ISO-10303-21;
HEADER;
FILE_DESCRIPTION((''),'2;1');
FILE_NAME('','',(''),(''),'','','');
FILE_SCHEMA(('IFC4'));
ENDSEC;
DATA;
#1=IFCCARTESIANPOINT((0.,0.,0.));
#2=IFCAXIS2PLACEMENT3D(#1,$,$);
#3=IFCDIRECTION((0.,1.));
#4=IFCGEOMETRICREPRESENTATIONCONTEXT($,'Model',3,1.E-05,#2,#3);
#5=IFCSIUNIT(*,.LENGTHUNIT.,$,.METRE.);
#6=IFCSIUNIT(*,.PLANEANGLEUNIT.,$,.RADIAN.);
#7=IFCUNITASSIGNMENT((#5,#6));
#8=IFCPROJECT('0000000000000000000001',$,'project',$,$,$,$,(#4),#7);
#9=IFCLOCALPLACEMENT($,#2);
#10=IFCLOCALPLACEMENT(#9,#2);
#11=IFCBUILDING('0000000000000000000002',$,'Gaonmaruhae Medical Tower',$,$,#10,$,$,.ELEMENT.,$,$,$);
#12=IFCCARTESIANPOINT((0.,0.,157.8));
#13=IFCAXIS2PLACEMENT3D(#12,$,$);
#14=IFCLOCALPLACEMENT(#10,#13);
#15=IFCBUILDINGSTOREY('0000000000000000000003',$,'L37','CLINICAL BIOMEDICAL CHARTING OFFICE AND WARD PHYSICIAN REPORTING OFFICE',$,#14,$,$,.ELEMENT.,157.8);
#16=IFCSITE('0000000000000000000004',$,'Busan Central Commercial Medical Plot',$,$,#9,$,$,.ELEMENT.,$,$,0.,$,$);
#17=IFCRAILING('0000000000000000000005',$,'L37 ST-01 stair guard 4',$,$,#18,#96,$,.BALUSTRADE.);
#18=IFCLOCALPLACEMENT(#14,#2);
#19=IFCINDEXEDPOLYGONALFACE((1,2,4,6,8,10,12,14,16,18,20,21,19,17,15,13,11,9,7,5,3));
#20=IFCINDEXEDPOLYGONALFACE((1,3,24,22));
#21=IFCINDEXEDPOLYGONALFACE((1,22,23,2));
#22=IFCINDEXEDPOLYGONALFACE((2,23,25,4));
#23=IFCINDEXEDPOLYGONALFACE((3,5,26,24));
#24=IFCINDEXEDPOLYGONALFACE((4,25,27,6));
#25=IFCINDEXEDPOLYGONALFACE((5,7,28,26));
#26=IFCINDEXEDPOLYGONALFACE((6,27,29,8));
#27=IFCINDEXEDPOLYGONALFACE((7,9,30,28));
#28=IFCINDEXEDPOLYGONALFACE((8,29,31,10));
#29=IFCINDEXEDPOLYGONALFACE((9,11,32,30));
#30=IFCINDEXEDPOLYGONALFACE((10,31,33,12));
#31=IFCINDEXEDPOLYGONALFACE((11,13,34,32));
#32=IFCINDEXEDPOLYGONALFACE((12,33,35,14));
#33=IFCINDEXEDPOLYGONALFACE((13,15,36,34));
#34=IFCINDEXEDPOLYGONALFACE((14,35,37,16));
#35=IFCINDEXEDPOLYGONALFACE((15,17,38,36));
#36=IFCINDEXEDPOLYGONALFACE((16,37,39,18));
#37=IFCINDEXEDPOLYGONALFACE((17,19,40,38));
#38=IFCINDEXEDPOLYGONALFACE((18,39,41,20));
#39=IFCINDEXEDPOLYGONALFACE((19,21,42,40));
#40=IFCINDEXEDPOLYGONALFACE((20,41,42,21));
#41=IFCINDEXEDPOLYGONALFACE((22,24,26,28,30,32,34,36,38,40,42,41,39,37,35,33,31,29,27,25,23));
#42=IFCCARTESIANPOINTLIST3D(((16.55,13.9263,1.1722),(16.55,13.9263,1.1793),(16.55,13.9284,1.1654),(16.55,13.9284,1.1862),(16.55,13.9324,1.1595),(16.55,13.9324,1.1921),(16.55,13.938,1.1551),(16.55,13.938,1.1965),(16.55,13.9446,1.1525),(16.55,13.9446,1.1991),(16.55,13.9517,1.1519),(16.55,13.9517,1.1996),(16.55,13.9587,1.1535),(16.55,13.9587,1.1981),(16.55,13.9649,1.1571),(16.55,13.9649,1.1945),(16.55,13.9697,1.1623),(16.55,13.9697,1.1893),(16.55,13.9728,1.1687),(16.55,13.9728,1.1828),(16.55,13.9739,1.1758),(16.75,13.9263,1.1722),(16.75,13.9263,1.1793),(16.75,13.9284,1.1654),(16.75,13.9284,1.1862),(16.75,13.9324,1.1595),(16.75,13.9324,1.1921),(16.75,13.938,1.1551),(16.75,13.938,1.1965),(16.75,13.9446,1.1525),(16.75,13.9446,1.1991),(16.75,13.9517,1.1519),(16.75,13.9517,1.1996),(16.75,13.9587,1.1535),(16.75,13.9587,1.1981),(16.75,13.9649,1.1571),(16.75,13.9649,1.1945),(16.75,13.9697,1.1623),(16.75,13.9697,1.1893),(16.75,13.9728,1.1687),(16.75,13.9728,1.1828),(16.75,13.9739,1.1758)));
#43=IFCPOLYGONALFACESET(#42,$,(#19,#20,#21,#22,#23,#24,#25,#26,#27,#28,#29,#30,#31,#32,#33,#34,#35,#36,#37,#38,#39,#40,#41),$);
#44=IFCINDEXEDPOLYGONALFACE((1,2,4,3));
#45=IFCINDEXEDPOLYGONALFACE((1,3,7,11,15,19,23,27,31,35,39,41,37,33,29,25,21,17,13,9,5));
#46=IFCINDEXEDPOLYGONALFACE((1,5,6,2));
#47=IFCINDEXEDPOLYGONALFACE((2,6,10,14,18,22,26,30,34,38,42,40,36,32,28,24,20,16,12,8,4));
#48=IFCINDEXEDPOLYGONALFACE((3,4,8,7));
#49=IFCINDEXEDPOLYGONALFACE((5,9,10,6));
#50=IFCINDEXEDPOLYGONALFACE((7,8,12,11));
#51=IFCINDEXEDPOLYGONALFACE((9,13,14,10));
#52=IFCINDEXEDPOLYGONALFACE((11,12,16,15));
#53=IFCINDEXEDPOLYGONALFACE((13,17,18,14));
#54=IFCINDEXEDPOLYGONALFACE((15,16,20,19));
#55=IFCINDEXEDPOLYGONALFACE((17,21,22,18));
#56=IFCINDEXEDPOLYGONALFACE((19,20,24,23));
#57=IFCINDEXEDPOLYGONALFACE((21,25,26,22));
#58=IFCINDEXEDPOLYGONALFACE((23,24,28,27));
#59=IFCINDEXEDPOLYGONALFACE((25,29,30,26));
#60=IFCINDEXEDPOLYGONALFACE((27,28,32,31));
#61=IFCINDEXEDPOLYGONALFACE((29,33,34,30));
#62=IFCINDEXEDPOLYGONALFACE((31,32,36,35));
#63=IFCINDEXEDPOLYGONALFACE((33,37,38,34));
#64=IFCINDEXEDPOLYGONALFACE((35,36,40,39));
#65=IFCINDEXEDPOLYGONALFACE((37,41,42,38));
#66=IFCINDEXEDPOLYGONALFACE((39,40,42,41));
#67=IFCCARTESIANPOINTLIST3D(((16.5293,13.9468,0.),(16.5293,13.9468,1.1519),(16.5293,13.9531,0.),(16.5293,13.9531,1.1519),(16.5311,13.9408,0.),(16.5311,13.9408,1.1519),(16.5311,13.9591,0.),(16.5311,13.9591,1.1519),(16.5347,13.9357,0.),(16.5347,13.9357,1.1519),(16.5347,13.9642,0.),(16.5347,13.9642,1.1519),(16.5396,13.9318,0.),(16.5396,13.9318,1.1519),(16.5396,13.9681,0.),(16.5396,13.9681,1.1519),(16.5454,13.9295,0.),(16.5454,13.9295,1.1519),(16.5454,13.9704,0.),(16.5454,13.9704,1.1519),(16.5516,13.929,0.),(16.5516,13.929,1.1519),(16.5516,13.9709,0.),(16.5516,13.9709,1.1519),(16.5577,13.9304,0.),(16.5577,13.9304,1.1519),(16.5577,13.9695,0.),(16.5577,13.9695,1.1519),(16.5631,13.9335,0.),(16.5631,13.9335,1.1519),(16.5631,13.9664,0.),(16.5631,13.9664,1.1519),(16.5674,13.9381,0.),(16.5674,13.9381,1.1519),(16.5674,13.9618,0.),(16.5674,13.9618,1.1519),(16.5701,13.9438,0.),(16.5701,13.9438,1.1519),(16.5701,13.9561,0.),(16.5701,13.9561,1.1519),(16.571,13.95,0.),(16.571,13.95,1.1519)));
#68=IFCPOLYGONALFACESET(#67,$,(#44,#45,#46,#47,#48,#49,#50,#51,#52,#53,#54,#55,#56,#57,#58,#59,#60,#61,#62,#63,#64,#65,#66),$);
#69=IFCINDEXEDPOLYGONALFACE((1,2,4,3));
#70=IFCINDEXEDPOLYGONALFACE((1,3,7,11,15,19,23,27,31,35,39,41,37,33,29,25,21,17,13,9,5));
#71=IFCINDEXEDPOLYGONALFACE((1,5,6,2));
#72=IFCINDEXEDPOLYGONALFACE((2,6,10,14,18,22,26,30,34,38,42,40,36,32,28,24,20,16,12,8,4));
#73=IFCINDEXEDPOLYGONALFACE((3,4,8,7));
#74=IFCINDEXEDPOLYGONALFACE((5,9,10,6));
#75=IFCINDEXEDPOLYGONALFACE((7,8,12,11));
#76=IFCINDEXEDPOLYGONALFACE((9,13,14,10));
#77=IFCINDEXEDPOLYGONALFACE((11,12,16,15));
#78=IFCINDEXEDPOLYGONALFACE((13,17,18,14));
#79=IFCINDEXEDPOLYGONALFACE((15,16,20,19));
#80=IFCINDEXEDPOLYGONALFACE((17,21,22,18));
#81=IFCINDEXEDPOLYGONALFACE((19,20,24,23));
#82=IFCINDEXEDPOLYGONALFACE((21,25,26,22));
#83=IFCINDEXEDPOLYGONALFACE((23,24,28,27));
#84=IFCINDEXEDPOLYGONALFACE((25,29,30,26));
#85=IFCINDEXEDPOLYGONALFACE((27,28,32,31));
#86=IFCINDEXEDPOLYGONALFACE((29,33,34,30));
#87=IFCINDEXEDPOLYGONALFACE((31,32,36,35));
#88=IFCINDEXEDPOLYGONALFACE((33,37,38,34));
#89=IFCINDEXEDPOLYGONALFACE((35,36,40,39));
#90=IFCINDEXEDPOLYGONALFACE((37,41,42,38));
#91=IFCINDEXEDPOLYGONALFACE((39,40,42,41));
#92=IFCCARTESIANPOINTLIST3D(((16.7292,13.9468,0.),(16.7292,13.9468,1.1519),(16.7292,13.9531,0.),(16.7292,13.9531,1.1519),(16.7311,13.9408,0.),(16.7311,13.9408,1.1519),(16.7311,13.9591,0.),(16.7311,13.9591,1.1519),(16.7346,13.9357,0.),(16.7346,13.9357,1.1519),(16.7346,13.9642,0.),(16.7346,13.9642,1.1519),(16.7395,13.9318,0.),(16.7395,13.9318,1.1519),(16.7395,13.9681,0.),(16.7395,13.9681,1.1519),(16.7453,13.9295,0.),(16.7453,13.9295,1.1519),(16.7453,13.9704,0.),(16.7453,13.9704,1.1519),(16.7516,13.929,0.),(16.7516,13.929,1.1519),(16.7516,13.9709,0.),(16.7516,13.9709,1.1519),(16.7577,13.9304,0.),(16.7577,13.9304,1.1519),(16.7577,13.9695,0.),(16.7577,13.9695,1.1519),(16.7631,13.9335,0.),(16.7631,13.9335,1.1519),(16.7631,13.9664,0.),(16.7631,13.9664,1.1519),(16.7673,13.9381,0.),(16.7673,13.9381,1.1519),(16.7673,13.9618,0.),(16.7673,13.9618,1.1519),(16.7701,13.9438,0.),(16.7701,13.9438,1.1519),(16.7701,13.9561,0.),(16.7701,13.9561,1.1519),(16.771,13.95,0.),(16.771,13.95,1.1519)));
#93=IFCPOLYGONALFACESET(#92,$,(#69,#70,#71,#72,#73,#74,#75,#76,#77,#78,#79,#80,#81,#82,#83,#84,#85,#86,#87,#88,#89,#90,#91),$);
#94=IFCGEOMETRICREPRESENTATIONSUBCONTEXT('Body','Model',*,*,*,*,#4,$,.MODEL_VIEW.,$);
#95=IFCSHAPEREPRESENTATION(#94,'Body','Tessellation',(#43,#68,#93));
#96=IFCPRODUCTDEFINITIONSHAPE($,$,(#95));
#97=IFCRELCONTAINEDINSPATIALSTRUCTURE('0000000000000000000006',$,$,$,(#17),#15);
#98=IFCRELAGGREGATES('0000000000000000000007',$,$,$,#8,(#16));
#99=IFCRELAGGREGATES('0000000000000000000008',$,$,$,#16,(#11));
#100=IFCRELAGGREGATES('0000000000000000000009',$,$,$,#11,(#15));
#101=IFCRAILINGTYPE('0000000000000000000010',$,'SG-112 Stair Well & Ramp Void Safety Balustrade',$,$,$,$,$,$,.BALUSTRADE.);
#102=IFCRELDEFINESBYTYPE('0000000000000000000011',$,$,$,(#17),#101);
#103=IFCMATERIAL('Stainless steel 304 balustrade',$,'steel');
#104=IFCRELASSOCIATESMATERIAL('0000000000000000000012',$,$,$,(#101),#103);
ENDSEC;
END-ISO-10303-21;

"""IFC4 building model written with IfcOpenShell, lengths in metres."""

from ifc_helpers import new_model, si_unit, direction, frame, origin, origin_2d, place, context, subcontext, project, spatial, circle, extrude, material, type_object, element, save


model = new_model("IFC4")

# Units and contexts
model_context = context("Model", 3, precision=1e-05, world=origin(), true_north=direction((0.0, 1.0)))
body_context = subcontext(model_context, "Body", "Model", "MODEL_VIEW")
ifc_project = project(units=[si_unit("LENGTHUNIT", "METRE"), si_unit("PLANEANGLEUNIT", "RADIAN")], contexts=[model_context])

# Site, building, storey
site_placement = place(None, origin())
site = spatial("IfcSite", under=ifc_project, at=site_placement, Name="Busan Central Commercial Medical Plot", CompositionType="ELEMENT", RefElevation=0.0)
building_placement = place(site_placement, origin())
building = spatial("IfcBuilding", under=site, at=building_placement, Name="Gaonmaruhae Medical Tower", CompositionType="ELEMENT")
storey_placement = place(building_placement, frame((0.0, 0.0, 157.8)))
storey = spatial("IfcBuildingStorey", under=building, at=storey_placement, Name="L37", Description="CLINICAL BIOMEDICAL CHARTING OFFICE AND WARD PHYSICIAN REPORTING OFFICE", CompositionType="ELEMENT", Elevation=157.8)

# Railing
ifc_material_1 = material(Name="Stainless steel 304 balustrade", Category="steel")
railing_type_1 = type_object("IfcRailingType", Name="SG-112 Stair Well & Ramp Void Safety Balustrade", PredefinedType="BALUSTRADE", material=ifc_material_1)
railing_1_placement = place(storey_placement, frame((16.55, 13.95, 0.0)))
element("IfcRailing", 1, at=railing_1_placement, inside=storey, type_object=railing_type_1, Name="L37 ST-01 stair guard 4", PredefinedType="BALUSTRADE", context=body_context, shape_type="SweptSolid", body=[
    extrude(circle(Radius=0.0239, at=origin_2d()), frame((0.0, 0.0, 1.1758), z_axis=(1.0, 0.0, 0.0), x_axis=(0.0, 1.0, 0.0)), (0.0, 0.0, 1.0), 0.2),
    extrude(circle(Radius=0.021, at=origin_2d()), origin(), (0.0, 0.0, 1.0), 1.1519),
    extrude(circle(Radius=0.021, at=origin_2d()), frame((0.2, 0.0, 0.0)), (0.0, 0.0, 1.0), 1.1519),
])

save(model, "model.ifc")
